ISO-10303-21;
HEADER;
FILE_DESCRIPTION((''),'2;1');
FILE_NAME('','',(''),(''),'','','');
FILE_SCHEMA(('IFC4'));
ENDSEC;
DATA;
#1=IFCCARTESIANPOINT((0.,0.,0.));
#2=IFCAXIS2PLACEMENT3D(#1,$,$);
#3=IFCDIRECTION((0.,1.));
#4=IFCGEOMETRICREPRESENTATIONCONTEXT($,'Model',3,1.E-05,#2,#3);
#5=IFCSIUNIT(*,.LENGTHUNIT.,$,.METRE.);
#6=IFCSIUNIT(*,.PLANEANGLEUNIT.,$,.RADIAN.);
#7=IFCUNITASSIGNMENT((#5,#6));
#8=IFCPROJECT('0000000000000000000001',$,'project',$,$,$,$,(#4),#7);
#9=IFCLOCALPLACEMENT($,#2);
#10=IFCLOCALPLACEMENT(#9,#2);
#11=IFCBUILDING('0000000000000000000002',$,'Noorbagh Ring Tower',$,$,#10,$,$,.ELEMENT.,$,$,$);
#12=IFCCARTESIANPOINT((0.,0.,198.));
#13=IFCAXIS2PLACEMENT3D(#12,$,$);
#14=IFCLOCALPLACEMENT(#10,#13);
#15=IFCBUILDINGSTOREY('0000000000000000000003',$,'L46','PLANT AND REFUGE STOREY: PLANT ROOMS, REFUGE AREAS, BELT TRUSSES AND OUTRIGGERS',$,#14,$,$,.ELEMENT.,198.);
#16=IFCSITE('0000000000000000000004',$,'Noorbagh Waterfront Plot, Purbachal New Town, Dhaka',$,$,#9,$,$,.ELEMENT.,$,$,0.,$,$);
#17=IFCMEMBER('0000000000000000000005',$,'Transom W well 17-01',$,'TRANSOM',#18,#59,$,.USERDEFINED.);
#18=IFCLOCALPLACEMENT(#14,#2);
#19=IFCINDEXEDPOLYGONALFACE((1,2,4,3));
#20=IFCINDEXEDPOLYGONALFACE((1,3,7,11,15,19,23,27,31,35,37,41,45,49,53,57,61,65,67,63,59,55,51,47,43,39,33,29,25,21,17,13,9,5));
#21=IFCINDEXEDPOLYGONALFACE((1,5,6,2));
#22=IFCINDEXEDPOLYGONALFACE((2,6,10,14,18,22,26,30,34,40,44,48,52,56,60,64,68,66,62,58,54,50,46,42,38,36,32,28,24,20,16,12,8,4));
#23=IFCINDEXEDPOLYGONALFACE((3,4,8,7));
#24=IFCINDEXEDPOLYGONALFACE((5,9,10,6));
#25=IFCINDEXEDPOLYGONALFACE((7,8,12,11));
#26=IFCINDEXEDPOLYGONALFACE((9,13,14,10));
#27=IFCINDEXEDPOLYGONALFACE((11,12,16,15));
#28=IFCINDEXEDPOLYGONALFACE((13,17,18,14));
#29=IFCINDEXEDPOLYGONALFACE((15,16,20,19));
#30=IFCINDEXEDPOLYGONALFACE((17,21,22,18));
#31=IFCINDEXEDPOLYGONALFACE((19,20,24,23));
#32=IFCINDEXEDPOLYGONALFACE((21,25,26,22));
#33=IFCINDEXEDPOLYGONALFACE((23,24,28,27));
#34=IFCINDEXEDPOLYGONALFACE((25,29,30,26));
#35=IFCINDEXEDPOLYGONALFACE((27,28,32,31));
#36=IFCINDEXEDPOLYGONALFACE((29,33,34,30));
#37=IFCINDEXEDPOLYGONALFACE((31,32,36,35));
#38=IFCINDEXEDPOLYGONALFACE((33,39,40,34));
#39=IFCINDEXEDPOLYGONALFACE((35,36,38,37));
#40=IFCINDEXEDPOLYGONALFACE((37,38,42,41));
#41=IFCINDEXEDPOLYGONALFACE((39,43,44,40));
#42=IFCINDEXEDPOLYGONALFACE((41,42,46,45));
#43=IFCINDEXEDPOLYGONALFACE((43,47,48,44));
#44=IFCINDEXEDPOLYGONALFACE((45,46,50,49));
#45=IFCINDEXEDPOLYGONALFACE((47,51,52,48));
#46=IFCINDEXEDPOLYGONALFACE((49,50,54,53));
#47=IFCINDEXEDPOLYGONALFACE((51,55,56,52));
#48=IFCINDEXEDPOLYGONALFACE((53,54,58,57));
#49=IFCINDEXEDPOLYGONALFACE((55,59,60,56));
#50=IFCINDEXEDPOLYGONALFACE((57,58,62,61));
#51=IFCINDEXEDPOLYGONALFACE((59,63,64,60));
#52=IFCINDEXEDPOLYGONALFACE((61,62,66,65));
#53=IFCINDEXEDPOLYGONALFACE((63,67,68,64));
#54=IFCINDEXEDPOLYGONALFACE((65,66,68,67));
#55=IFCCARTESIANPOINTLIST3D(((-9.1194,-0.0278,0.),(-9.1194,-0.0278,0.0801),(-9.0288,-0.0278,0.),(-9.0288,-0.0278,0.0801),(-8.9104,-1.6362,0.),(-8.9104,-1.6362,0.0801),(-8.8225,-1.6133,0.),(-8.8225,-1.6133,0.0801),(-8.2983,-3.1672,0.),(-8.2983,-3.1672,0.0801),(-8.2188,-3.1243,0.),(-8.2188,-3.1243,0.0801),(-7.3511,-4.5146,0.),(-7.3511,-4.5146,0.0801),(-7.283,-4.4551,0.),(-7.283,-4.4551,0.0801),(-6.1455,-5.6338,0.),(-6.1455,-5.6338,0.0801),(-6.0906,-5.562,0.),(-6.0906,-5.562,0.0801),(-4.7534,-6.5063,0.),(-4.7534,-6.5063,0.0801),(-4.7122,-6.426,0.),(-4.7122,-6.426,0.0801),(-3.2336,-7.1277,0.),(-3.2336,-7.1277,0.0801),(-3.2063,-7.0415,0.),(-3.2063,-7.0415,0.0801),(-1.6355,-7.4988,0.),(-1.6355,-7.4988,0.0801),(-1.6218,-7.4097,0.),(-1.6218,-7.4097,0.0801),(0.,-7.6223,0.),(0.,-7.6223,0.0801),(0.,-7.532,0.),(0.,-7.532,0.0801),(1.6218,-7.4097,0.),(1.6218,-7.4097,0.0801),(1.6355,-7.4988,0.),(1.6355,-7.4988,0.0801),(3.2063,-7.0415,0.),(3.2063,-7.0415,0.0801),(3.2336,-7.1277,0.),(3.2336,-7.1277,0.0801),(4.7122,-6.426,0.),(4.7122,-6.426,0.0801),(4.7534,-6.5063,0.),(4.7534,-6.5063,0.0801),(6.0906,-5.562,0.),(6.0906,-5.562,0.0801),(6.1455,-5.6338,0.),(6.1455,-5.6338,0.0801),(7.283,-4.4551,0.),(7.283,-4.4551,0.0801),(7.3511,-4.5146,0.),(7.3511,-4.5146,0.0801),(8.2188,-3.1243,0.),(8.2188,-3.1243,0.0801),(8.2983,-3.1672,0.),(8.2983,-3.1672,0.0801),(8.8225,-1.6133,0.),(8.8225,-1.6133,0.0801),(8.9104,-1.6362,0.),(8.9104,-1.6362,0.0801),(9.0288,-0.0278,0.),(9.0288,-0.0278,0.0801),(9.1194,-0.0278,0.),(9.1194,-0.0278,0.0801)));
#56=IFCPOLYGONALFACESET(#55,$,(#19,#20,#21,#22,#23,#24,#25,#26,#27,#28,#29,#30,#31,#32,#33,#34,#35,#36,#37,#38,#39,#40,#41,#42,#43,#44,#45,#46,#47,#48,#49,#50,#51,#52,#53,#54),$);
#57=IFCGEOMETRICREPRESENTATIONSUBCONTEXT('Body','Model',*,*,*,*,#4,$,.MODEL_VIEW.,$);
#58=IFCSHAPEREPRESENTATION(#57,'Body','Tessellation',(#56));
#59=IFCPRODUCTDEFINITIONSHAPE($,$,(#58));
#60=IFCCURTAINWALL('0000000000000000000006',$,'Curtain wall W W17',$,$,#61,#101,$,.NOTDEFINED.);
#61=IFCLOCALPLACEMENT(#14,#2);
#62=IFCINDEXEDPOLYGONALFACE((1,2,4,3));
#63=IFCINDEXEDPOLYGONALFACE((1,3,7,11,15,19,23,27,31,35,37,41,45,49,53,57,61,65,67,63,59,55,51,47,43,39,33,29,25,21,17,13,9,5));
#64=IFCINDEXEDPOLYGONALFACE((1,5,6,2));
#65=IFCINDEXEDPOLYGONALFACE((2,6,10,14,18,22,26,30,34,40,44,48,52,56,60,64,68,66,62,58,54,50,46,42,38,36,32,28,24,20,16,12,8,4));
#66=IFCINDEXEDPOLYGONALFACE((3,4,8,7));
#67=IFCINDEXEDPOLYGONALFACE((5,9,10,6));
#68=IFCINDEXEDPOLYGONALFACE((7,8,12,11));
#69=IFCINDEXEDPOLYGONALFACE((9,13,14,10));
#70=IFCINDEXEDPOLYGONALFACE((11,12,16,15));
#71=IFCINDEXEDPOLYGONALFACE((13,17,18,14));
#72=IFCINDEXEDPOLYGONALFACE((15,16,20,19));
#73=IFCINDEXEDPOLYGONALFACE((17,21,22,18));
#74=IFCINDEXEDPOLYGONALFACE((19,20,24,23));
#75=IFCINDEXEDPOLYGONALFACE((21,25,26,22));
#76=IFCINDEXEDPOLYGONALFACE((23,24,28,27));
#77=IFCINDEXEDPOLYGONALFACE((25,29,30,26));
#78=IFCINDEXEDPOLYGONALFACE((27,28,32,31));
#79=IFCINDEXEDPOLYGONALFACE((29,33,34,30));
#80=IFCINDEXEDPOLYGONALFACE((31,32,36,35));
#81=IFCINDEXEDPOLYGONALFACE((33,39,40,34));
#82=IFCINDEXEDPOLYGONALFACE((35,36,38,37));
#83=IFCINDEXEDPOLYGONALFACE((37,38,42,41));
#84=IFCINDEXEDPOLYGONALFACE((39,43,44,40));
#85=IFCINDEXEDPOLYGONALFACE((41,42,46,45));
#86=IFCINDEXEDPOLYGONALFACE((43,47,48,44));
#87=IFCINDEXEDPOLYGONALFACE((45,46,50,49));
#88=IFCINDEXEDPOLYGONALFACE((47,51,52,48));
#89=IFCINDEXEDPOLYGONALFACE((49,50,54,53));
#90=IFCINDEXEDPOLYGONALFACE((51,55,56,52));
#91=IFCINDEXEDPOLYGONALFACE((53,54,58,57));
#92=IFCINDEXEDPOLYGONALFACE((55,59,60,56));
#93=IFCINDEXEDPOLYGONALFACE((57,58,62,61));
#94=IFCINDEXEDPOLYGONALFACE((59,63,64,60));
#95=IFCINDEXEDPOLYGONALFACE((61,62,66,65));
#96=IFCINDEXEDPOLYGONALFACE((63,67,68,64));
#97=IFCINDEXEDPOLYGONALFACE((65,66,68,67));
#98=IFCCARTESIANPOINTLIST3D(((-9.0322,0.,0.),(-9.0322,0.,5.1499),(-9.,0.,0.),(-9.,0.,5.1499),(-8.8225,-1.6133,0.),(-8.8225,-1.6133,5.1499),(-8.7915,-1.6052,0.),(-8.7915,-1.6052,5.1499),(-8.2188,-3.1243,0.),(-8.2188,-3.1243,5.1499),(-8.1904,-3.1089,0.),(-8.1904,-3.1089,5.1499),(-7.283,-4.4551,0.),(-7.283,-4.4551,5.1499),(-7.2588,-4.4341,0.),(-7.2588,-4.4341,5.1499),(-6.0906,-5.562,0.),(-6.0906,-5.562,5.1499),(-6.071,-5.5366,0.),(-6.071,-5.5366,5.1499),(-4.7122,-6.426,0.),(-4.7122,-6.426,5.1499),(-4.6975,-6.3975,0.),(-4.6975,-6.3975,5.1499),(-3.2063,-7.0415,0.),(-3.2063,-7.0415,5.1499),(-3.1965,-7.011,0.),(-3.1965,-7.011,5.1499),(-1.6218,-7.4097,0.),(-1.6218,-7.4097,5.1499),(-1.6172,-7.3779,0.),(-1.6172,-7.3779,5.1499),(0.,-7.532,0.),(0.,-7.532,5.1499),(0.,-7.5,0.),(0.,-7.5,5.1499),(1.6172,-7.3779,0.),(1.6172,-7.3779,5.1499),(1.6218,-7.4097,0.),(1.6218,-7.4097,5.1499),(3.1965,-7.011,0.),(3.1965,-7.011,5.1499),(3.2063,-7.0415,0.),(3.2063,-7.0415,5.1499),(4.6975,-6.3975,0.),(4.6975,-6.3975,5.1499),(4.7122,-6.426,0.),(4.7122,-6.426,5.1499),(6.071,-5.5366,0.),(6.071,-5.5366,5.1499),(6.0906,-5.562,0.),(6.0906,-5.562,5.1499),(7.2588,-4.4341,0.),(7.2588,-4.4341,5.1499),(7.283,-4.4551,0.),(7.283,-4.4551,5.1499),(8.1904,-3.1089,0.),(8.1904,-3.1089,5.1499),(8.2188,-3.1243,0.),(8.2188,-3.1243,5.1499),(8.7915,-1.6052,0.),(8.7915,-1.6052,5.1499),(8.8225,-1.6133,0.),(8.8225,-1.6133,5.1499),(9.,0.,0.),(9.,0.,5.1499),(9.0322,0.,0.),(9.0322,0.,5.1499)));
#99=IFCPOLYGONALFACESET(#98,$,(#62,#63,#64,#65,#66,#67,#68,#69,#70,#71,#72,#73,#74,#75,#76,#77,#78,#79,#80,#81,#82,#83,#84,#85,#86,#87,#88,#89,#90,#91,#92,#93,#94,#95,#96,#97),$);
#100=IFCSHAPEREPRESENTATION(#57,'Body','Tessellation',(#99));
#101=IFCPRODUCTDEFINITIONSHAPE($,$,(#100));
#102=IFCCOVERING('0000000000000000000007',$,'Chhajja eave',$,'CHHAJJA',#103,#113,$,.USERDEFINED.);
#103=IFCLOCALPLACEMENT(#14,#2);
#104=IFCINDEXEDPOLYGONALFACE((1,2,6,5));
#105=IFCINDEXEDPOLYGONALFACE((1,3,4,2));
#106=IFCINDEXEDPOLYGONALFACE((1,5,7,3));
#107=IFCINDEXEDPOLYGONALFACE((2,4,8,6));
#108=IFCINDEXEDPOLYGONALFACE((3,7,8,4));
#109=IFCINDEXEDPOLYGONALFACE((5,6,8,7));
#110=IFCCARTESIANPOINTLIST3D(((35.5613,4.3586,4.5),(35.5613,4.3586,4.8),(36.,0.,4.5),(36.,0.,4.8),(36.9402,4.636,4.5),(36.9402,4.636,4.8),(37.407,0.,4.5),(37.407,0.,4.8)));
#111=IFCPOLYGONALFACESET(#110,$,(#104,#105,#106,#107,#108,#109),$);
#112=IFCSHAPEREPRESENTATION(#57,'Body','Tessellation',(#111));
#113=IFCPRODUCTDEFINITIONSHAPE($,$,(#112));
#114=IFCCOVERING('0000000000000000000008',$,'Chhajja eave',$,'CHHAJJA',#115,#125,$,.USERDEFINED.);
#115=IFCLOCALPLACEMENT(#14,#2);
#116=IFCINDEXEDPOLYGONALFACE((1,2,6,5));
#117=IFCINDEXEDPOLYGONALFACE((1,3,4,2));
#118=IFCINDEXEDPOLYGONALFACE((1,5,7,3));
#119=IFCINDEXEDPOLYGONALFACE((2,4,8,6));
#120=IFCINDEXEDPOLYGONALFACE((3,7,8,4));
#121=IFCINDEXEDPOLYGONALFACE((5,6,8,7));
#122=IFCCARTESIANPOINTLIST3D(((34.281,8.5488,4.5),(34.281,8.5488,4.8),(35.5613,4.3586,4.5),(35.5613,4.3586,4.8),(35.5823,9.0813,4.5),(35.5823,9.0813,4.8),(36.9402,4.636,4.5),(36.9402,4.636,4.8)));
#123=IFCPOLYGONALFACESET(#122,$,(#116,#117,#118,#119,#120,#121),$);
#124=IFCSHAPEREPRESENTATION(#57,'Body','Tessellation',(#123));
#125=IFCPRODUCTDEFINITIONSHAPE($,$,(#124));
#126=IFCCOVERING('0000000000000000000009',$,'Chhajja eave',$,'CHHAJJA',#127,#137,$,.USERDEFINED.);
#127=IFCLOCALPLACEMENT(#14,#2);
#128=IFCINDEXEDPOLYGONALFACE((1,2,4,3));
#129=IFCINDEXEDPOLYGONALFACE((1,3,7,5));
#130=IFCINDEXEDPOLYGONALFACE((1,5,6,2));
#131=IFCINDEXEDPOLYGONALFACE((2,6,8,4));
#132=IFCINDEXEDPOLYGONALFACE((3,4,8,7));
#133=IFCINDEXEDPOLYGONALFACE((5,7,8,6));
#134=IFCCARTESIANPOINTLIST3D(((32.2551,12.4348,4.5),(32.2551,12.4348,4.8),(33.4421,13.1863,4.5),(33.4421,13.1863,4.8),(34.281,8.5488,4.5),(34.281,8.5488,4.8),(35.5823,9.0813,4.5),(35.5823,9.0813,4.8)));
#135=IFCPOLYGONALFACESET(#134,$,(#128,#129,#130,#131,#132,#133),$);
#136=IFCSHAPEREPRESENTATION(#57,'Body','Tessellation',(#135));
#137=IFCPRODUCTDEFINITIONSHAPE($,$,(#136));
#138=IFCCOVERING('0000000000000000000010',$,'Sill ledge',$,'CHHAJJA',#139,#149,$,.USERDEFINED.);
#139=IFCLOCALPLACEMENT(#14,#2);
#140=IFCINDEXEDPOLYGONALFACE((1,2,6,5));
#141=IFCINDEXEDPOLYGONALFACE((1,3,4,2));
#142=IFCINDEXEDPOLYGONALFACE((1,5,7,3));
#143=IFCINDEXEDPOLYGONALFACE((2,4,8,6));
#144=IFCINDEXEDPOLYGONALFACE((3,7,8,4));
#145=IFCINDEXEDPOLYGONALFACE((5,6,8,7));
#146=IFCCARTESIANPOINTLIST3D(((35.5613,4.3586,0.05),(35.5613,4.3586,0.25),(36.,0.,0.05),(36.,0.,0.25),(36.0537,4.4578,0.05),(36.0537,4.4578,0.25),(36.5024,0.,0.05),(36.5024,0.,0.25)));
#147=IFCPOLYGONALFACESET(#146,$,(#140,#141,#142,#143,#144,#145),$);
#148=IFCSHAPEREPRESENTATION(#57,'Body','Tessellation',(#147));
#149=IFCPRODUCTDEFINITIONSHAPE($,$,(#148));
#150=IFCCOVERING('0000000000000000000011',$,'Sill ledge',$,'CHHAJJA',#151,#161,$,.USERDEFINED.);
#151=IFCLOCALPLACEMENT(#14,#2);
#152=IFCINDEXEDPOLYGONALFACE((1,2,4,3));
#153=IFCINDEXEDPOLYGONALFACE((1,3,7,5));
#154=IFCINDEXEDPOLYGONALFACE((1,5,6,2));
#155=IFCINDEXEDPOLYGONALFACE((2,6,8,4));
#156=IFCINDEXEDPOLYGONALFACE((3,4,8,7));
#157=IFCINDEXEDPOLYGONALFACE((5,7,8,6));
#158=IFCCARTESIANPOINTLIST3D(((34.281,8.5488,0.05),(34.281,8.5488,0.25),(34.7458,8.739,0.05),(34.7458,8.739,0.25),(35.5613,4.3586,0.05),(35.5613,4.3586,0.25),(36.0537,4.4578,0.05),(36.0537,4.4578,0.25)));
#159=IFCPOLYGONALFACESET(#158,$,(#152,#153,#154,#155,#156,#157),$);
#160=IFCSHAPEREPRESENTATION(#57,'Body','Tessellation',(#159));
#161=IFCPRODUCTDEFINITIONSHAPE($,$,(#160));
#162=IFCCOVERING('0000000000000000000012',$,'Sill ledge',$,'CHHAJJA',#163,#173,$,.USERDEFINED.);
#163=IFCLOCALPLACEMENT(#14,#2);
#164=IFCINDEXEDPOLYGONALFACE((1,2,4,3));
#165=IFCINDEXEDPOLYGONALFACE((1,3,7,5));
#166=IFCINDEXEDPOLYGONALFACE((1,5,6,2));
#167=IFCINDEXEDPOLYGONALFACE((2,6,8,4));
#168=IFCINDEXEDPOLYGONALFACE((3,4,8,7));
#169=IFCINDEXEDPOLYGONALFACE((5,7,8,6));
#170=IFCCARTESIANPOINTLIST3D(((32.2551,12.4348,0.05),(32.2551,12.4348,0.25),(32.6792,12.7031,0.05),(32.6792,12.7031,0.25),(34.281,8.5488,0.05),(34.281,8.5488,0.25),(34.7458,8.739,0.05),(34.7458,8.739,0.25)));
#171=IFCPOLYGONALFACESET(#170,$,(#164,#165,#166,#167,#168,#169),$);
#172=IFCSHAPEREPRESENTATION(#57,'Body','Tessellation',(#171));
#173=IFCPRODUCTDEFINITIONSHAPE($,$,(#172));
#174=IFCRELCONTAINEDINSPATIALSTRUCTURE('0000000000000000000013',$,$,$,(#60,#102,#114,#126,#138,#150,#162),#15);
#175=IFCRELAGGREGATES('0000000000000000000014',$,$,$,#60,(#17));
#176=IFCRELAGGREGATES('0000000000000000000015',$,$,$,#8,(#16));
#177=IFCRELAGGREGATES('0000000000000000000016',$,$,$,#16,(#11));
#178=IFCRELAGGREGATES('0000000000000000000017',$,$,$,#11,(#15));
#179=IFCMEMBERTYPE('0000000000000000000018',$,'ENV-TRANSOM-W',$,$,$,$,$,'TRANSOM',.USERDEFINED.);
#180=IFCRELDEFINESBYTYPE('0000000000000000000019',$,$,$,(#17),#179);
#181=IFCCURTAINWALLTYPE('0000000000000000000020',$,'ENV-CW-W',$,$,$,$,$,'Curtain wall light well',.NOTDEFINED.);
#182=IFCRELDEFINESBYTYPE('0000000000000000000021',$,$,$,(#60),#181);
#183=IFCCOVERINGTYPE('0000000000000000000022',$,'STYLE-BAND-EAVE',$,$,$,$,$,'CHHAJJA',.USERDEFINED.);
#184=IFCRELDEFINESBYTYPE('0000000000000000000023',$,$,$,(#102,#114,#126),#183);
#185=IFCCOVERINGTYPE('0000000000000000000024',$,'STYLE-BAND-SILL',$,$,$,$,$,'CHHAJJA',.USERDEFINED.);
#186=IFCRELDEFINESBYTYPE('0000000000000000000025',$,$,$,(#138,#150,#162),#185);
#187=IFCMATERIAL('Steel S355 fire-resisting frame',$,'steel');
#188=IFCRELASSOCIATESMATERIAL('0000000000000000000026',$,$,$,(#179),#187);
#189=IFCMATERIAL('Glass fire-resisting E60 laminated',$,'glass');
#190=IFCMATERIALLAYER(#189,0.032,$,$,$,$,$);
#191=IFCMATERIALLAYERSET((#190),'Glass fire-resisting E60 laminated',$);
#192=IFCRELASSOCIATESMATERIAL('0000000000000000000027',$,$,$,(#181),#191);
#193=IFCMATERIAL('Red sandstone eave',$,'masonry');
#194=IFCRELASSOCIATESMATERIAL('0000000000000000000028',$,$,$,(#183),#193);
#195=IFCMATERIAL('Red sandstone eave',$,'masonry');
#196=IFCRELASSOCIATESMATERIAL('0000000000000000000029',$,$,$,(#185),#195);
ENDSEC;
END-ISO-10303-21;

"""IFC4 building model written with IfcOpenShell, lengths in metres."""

from ifc_helpers import new_model, si_unit, direction, frame, origin, place, context, subcontext, project, spatial, polyline, outline, extrude, material, layer, layer_set, type_object, element, aggregate, save


model = new_model("IFC4")

# Units and contexts
model_context = context("Model", 3, precision=1e-05, world=origin(), true_north=direction((0.0, 1.0)))
body_context = subcontext(model_context, "Body", "Model", "MODEL_VIEW")
ifc_project = project(units=[si_unit("LENGTHUNIT", "METRE"), si_unit("PLANEANGLEUNIT", "RADIAN")], contexts=[model_context])

# Member
site_placement = place(None, origin())
building_placement = place(site_placement, origin())
storey_placement = place(building_placement, frame((0.0, 0.0, 198.0)))
ifc_material_1 = material(Name="Steel S355 fire-resisting frame", Category="steel")
member_type_1 = type_object("IfcMemberType", Name="ENV-TRANSOM-W", ElementType="TRANSOM", PredefinedType="USERDEFINED", material=ifc_material_1)
member_1_placement = place(storey_placement, origin())
member_1 = element("IfcMember", 1, at=member_1_placement, type_object=member_type_1, Name="Transom W well 17-01", ObjectType="TRANSOM", PredefinedType="USERDEFINED", context=body_context, shape_type="SweptSolid", body=[
    extrude(outline(polyline([(-9.1194, -0.0278), (-8.9104, -1.6362), (-8.2983, -3.1672), (-7.3511, -4.5146), (-6.1455, -5.6338), (-4.7534, -6.5063), (-3.2336, -7.1277), (-1.6355, -7.4988), (0.0, -7.6223), (1.6355, -7.4988), (3.2336, -7.1277), (4.7534, -6.5063), (6.1455, -5.6338), (7.3511, -4.5146), (8.2983, -3.1672), (8.9104, -1.6362), (9.1194, -0.0278), (9.0288, -0.0278), (8.8225, -1.6133), (8.2188, -3.1243), (7.283, -4.4551), (6.0906, -5.562), (4.7122, -6.426), (3.2063, -7.0415), (1.6218, -7.4097), (0.0, -7.532), (-1.6218, -7.4097), (-3.2063, -7.0415), (-4.7122, -6.426), (-6.0906, -5.562), (-7.283, -4.4551), (-8.2188, -3.1243), (-8.8225, -1.6133), (-9.0288, -0.0278), (-9.1194, -0.0278)])), origin(), (0.0, 0.0, 1.0), 0.0801),
])

# Site, building, storey
site = spatial("IfcSite", under=ifc_project, at=site_placement, Name="Noorbagh Waterfront Plot, Purbachal New Town, Dhaka", CompositionType="ELEMENT", RefElevation=0.0)
building = spatial("IfcBuilding", under=site, at=building_placement, Name="Noorbagh Ring Tower", CompositionType="ELEMENT")
storey = spatial("IfcBuildingStorey", under=building, at=storey_placement, Name="L46", Description="PLANT AND REFUGE STOREY: PLANT ROOMS, REFUGE AREAS, BELT TRUSSES AND OUTRIGGERS", CompositionType="ELEMENT", Elevation=198.0)

# Curtain wall
ifc_material_2 = material(Name="Glass fire-resisting E60 laminated", Category="glass")
ifc_layer_1 = layer(ifc_material_2, 0.032)
ifc_layer_set_1 = layer_set([ifc_layer_1], Name="Glass fire-resisting E60 laminated")
curtain_wall_type_1 = type_object("IfcCurtainWallType", Name="ENV-CW-W", ElementType="Curtain wall light well", PredefinedType="NOTDEFINED", material=ifc_layer_set_1)
curtain_wall_1_placement = place(storey_placement, origin())
curtain_wall_1 = element("IfcCurtainWall", 2, at=curtain_wall_1_placement, inside=storey, type_object=curtain_wall_type_1, Name="Curtain wall W W17", PredefinedType="NOTDEFINED", context=body_context, shape_type="SweptSolid", body=[
    extrude(outline(polyline([(-9.0322, 0.0), (-8.8225, -1.6133), (-8.2188, -3.1243), (-7.283, -4.4551), (-6.0906, -5.562), (-4.7122, -6.426), (-3.2063, -7.0415), (-1.6218, -7.4097), (0.0, -7.532), (1.6218, -7.4097), (3.2063, -7.0415), (4.7122, -6.426), (6.0906, -5.562), (7.283, -4.4551), (8.2188, -3.1243), (8.8225, -1.6133), (9.0322, 0.0), (9.0, 0.0), (8.7915, -1.6052), (8.1904, -3.1089), (7.2588, -4.4341), (6.071, -5.5366), (4.6975, -6.3975), (3.1965, -7.011), (1.6172, -7.3779), (0.0, -7.5), (-1.6172, -7.3779), (-3.1965, -7.011), (-4.6975, -6.3975), (-6.071, -5.5366), (-7.2588, -4.4341), (-8.1904, -3.1089), (-8.7915, -1.6052), (-9.0, 0.0), (-9.0322, 0.0)])), origin(), (0.0, 0.0, 1.0), 5.1499),
])
aggregate(curtain_wall_1, [member_1])

# Coverings
ifc_material_3 = material(Name="Red sandstone eave", Category="masonry")
covering_type_1 = type_object("IfcCoveringType", Name="STYLE-BAND-EAVE", ElementType="CHHAJJA", PredefinedType="USERDEFINED", material=ifc_material_3)
covering_1_placement = place(storey_placement, frame((0.0, 0.0, 4.5)))
element("IfcCovering", 3, at=covering_1_placement, inside=storey, type_object=covering_type_1, Name="Chhajja eave", ObjectType="CHHAJJA", PredefinedType="USERDEFINED", context=body_context, shape_type="SweptSolid", body=[
    extrude(outline(polyline([(36.0, 0.0), (35.5613, 4.3586), (36.9402, 4.636), (37.407, 0.0), (36.0, 0.0)])), origin(), (0.0, 0.0, 1.0), 0.3),
])
covering_2_placement = place(storey_placement, frame((0.0, 0.0, 4.5)))
element("IfcCovering", 4, at=covering_2_placement, inside=storey, type_object=covering_type_1, Name="Chhajja eave", ObjectType="CHHAJJA", PredefinedType="USERDEFINED", context=body_context, shape_type="SweptSolid", body=[
    extrude(outline(polyline([(35.5613, 4.3586), (34.281, 8.5488), (35.5823, 9.0813), (36.9402, 4.636), (35.5613, 4.3586)])), origin(), (0.0, 0.0, 1.0), 0.3),
])
covering_3_placement = place(storey_placement, frame((0.0, 0.0, 4.5)))
element("IfcCovering", 5, at=covering_3_placement, inside=storey, type_object=covering_type_1, Name="Chhajja eave", ObjectType="CHHAJJA", PredefinedType="USERDEFINED", context=body_context, shape_type="SweptSolid", body=[
    extrude(outline(polyline([(34.281, 8.5488), (32.2551, 12.4348), (33.4421, 13.1863), (35.5823, 9.0813), (34.281, 8.5488)])), origin(), (0.0, 0.0, 1.0), 0.3),
])
ifc_material_4 = material(Name="Red sandstone eave", Category="masonry")
covering_type_2 = type_object("IfcCoveringType", Name="STYLE-BAND-SILL", ElementType="CHHAJJA", PredefinedType="USERDEFINED", material=ifc_material_4)
covering_4_placement = place(storey_placement, frame((0.0, 0.0, 0.05)))
element("IfcCovering", 6, at=covering_4_placement, inside=storey, type_object=covering_type_2, Name="Sill ledge", ObjectType="CHHAJJA", PredefinedType="USERDEFINED", context=body_context, shape_type="SweptSolid", body=[
    extrude(outline(polyline([(36.0, 0.0), (35.5613, 4.3586), (36.0537, 4.4578), (36.5024, 0.0), (36.0, 0.0)])), origin(), (0.0, 0.0, 1.0), 0.2),
])
covering_5_placement = place(storey_placement, frame((0.0, 0.0, 0.05)))
element("IfcCovering", 7, at=covering_5_placement, inside=storey, type_object=covering_type_2, Name="Sill ledge", ObjectType="CHHAJJA", PredefinedType="USERDEFINED", context=body_context, shape_type="SweptSolid", body=[
    extrude(outline(polyline([(35.5613, 4.3586), (34.281, 8.5488), (34.7458, 8.739), (36.0537, 4.4578), (35.5613, 4.3586)])), origin(), (0.0, 0.0, 1.0), 0.2),
])
covering_6_placement = place(storey_placement, frame((0.0, 0.0, 0.05)))
element("IfcCovering", 8, at=covering_6_placement, inside=storey, type_object=covering_type_2, Name="Sill ledge", ObjectType="CHHAJJA", PredefinedType="USERDEFINED", context=body_context, shape_type="SweptSolid", body=[
    extrude(outline(polyline([(34.281, 8.5488), (32.2551, 12.4348), (32.6792, 12.7031), (34.7458, 8.739), (34.281, 8.5488)])), origin(), (0.0, 0.0, 1.0), 0.2),
])

save(model, "model.ifc")
